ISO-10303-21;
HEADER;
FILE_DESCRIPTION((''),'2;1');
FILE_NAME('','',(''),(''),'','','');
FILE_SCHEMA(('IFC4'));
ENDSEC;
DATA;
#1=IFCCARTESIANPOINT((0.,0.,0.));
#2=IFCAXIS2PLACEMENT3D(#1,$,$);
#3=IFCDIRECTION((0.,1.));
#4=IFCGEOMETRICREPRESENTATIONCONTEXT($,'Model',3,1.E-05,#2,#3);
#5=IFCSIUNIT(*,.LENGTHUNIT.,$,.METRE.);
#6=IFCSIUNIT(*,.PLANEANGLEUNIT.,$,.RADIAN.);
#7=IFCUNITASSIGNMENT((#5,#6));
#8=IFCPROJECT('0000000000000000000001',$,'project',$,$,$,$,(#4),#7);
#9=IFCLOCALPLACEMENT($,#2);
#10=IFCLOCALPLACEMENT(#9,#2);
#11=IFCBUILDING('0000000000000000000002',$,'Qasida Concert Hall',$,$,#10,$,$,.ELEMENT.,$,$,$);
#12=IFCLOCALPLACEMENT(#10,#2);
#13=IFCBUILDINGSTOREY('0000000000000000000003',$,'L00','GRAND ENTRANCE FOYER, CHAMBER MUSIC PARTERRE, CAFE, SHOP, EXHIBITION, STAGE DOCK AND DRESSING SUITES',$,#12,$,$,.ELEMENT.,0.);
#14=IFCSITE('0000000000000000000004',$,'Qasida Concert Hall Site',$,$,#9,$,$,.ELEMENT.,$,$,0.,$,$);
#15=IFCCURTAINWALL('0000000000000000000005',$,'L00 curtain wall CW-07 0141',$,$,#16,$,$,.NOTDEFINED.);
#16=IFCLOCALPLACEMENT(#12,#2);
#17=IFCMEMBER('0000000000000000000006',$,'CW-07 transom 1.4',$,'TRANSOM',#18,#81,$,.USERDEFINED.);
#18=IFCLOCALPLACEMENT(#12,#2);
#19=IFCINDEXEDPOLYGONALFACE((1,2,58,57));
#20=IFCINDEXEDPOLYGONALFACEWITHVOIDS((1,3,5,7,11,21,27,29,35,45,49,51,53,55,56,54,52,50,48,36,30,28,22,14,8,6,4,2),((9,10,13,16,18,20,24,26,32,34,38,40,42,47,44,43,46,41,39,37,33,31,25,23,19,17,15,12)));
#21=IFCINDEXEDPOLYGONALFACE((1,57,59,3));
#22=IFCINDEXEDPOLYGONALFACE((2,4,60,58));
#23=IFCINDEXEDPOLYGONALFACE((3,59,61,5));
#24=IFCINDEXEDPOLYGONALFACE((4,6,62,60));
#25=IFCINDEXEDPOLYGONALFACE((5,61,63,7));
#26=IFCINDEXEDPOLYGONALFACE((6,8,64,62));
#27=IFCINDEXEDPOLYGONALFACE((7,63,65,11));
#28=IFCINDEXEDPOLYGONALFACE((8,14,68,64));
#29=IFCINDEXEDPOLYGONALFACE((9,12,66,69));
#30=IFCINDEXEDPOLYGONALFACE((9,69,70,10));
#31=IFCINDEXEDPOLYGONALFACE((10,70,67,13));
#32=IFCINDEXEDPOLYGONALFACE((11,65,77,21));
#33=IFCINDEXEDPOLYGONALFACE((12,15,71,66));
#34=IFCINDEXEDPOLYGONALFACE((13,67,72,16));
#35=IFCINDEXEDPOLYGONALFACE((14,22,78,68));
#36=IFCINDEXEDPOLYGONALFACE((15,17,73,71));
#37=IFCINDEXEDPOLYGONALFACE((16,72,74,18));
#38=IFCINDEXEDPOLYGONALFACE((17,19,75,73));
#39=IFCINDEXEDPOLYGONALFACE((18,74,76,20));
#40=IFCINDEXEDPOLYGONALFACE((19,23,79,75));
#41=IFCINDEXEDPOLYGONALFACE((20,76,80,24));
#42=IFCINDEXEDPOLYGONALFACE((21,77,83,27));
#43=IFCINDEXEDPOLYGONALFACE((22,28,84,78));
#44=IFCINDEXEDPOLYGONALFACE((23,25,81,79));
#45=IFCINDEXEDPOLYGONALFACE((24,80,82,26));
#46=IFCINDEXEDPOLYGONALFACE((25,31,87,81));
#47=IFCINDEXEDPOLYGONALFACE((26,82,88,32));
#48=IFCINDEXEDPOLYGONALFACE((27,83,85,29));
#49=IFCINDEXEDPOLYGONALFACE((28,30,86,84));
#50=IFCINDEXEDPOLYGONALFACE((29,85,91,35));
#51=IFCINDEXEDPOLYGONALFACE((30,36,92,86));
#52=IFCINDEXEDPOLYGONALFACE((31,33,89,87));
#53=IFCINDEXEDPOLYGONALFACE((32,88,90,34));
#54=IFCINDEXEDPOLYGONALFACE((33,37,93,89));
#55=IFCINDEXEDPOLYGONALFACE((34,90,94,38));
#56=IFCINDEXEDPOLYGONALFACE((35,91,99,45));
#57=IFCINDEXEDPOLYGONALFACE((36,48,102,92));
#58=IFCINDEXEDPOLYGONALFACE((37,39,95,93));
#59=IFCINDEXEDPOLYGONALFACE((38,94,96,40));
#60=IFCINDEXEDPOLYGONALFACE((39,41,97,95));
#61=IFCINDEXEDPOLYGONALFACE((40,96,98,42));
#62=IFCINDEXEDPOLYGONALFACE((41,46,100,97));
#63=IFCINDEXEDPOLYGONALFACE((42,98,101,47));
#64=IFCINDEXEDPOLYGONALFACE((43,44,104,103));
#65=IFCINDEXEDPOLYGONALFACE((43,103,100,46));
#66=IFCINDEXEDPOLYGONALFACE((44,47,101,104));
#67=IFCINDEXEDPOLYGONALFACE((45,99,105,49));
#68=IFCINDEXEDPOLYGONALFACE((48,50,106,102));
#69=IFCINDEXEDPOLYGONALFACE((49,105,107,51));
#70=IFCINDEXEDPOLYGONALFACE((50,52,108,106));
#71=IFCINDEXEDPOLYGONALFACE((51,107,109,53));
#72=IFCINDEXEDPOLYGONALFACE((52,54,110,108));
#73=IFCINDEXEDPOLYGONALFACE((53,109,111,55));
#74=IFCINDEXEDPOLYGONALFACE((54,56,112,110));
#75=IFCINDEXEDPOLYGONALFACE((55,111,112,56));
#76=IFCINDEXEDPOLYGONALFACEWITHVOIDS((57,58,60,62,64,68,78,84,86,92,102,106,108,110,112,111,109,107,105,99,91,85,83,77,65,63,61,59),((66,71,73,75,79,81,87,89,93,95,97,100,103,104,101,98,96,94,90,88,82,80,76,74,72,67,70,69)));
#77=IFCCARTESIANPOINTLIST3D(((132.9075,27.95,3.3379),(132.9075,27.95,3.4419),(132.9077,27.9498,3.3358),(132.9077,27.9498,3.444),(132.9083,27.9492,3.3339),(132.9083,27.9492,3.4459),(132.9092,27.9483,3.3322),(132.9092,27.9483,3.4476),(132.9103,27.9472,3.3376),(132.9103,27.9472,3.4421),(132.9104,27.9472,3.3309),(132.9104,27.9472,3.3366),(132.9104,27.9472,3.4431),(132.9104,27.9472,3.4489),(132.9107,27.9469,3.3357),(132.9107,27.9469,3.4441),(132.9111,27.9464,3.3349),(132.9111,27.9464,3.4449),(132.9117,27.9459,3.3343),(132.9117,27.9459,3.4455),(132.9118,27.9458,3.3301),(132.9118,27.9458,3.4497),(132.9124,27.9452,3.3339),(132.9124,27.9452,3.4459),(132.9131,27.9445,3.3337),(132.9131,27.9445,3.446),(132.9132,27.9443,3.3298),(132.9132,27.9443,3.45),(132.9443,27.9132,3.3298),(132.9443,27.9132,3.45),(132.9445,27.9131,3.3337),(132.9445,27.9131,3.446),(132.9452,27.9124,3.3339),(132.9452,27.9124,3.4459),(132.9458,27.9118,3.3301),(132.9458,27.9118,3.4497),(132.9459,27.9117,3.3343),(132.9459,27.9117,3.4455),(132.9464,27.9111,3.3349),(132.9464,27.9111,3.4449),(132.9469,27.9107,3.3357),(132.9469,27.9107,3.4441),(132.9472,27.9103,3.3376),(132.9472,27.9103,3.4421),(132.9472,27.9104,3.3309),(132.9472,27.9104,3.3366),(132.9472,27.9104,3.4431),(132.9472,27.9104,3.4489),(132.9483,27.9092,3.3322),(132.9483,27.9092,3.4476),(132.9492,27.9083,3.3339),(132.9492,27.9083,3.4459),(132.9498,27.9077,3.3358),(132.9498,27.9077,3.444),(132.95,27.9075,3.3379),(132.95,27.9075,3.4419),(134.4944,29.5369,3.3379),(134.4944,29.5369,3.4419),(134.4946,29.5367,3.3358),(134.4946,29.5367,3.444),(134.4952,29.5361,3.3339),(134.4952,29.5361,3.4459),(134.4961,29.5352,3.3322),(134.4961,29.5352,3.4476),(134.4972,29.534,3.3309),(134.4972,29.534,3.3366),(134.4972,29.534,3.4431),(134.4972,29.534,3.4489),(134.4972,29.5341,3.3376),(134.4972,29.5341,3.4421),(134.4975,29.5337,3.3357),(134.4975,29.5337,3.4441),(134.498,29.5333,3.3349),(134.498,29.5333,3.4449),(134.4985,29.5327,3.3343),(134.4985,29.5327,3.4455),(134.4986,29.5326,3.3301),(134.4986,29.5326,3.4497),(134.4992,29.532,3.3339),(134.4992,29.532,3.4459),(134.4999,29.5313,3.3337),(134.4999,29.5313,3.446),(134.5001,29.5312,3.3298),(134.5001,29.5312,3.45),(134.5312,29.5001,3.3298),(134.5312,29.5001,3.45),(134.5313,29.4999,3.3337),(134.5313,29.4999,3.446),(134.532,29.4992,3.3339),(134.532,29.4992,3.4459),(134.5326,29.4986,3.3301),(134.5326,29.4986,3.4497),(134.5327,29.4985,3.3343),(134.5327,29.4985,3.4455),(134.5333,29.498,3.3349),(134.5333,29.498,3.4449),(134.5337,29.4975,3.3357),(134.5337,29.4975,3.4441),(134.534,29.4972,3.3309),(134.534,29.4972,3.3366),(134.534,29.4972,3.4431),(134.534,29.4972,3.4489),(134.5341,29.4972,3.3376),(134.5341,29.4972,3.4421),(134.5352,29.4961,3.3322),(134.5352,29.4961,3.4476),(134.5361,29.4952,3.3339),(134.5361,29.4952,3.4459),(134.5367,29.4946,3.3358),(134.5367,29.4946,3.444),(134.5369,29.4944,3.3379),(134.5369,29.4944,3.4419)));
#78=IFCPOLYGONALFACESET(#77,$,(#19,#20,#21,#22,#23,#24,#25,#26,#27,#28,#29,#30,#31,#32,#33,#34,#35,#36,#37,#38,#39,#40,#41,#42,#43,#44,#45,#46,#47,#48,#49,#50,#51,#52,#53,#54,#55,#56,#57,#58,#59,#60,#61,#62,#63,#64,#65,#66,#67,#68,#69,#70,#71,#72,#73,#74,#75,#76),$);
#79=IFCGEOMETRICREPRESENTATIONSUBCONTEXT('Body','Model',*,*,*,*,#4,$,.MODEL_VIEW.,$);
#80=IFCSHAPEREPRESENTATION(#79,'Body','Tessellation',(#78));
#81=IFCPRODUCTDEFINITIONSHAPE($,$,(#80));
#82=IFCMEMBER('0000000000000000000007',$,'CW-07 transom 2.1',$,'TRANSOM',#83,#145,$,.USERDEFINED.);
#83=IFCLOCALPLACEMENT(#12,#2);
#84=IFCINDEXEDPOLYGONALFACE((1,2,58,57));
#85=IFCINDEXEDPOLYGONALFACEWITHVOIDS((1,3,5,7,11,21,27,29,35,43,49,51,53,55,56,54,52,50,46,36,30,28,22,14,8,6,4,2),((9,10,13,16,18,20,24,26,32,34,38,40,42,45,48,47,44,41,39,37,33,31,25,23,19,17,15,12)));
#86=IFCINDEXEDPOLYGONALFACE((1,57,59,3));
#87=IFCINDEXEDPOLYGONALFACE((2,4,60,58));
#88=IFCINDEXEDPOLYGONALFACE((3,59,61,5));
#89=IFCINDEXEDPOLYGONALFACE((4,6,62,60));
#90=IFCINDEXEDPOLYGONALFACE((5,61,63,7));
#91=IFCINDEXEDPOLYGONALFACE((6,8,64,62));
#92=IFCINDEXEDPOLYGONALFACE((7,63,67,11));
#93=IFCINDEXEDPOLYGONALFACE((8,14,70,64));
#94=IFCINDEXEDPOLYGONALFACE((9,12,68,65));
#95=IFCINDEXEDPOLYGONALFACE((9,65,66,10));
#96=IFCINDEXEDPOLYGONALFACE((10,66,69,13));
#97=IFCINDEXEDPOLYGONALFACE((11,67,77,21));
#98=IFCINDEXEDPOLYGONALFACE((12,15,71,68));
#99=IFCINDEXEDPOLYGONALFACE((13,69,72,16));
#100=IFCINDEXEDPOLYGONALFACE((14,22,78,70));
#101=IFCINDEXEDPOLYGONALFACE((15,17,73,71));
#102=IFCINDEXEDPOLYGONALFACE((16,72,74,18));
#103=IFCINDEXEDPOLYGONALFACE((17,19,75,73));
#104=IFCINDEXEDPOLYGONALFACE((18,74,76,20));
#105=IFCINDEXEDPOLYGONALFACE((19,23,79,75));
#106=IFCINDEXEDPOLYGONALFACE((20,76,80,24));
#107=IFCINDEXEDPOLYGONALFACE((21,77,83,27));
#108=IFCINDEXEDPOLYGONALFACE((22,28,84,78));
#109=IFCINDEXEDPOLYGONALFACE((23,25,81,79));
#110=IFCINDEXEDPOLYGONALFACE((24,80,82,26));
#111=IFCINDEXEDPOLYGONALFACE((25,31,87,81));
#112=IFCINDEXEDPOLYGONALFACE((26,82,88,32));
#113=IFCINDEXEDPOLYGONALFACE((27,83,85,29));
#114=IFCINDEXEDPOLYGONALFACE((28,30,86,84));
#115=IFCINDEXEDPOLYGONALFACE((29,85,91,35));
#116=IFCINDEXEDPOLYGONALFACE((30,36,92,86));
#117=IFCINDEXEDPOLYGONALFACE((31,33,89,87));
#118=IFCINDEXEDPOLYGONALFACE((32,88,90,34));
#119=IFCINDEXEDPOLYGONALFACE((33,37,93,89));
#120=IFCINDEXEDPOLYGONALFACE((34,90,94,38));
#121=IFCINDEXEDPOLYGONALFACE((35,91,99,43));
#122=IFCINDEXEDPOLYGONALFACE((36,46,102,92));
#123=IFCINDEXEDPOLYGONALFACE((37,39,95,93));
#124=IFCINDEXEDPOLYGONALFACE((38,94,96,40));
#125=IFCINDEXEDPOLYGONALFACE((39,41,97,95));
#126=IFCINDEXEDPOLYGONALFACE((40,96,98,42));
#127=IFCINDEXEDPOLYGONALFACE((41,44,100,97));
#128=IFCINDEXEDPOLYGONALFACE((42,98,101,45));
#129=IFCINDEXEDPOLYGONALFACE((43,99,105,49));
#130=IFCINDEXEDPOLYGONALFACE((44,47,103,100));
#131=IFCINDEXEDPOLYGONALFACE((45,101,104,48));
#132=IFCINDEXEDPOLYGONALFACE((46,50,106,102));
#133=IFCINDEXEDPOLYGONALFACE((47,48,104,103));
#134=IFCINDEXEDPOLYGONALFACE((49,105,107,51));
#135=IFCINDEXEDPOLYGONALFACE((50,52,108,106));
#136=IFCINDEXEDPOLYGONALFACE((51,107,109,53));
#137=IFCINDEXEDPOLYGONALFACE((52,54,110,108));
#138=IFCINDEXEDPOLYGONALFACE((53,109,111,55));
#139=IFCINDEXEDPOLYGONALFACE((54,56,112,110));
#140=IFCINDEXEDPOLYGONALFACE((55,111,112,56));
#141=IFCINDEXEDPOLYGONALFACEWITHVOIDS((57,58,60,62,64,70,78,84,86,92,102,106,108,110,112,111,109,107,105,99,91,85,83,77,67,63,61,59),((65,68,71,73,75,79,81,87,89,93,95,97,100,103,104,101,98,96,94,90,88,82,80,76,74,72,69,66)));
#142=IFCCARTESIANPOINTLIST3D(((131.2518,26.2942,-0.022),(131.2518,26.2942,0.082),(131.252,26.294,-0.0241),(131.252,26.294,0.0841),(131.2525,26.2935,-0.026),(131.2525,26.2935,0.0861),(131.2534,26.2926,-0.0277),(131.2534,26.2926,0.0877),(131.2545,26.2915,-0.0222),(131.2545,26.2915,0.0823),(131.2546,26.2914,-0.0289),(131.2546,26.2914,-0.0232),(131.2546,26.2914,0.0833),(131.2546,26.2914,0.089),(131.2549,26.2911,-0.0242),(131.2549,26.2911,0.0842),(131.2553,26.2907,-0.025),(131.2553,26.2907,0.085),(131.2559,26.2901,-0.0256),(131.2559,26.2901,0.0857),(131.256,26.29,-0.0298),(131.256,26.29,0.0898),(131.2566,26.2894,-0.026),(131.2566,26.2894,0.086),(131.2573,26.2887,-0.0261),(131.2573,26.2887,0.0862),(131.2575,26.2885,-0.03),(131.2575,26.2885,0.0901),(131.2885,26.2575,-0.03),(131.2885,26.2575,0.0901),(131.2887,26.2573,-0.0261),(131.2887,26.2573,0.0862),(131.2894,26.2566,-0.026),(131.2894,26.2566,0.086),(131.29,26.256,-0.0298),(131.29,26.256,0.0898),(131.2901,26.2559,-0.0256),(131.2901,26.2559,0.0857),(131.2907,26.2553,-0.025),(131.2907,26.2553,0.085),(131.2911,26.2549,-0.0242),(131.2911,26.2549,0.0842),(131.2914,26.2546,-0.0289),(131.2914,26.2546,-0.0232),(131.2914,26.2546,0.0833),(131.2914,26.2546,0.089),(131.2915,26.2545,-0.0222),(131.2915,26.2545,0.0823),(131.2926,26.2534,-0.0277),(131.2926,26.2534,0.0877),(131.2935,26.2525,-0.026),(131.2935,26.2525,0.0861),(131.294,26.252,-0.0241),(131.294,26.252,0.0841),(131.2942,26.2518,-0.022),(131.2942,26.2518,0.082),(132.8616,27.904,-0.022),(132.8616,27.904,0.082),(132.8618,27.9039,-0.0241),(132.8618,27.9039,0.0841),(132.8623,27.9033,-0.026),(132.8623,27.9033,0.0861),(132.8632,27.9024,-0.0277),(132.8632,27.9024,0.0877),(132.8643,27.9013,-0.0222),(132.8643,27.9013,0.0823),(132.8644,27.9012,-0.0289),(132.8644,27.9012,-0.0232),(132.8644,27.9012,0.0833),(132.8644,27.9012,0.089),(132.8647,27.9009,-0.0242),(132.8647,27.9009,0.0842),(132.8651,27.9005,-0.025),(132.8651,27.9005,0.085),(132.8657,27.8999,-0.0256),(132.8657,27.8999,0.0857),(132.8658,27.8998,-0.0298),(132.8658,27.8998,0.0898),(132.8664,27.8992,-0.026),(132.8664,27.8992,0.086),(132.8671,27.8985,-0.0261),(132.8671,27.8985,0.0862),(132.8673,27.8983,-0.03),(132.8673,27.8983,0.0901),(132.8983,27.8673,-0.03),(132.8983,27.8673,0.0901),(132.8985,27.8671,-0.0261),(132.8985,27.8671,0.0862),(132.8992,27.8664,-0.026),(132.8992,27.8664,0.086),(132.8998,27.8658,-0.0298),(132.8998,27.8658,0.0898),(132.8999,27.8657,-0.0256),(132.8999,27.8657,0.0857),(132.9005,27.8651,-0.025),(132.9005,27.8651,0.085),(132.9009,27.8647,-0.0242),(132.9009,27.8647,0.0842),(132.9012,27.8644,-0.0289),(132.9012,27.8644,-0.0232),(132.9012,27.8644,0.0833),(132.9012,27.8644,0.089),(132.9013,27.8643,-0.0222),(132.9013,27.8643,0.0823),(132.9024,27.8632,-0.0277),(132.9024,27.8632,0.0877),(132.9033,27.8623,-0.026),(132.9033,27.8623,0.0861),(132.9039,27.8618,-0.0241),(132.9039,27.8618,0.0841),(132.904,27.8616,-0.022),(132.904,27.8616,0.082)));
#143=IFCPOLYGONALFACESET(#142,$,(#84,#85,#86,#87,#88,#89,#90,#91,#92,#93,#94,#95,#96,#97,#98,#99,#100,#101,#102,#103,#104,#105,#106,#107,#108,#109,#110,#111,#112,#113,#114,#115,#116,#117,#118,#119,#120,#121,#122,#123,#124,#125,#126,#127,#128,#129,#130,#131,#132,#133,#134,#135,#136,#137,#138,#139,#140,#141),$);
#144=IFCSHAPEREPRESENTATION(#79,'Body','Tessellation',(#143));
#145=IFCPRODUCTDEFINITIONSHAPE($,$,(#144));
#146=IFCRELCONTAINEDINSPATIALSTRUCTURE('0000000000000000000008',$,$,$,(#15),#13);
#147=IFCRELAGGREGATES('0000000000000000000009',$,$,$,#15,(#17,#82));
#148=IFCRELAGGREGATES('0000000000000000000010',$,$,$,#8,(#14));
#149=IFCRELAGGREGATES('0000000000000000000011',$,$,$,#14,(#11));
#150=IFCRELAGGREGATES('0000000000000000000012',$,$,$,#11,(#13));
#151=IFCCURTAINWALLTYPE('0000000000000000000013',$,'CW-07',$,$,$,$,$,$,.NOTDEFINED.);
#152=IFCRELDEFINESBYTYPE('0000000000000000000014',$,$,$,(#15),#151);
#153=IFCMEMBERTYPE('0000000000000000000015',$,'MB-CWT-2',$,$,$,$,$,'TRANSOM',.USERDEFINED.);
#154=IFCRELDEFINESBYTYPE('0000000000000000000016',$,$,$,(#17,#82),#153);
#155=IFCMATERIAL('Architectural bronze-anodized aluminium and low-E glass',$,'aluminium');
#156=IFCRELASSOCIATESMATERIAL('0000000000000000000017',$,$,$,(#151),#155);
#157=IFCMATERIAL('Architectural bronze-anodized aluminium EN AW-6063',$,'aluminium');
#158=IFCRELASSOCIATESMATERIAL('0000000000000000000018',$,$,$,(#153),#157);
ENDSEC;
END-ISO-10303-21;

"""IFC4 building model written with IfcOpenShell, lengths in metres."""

from ifc_helpers import new_model, si_unit, direction, frame, origin, origin_2d, place, context, subcontext, project, spatial, hollow_rectangle, extrude, material, material_profile, profile_set, type_object, element, aggregate, save


model = new_model("IFC4")

# Units and contexts
model_context = context("Model", 3, precision=1e-05, world=origin(), true_north=direction((0.0, 1.0)))
body_context = subcontext(model_context, "Body", "Model", "MODEL_VIEW")
ifc_project = project(units=[si_unit("LENGTHUNIT", "METRE"), si_unit("PLANEANGLEUNIT", "RADIAN")], contexts=[model_context])

# Site, building, storey
site_placement = place(None, origin())
site = spatial("IfcSite", under=ifc_project, at=site_placement, Name="Qasida Concert Hall Site", CompositionType="ELEMENT", RefElevation=0.0)
building_placement = place(site_placement, origin())
building = spatial("IfcBuilding", under=site, at=building_placement, Name="Qasida Concert Hall", CompositionType="ELEMENT")
storey_placement = place(building_placement, origin())
storey = spatial("IfcBuildingStorey", under=building, at=storey_placement, Name="L00", Description="GRAND ENTRANCE FOYER, CHAMBER MUSIC PARTERRE, CAFE, SHOP, EXHIBITION, STAGE DOCK AND DRESSING SUITES", CompositionType="ELEMENT", Elevation=0.0)

# Curtain wall, members
ifc_material_1 = material(Name="Architectural bronze-anodized aluminium and low-E glass", Category="aluminium")
curtain_wall_type = type_object("IfcCurtainWallType", Name="CW-07", PredefinedType="NOTDEFINED", material=ifc_material_1)
curtain_wall_placement = place(storey_placement, origin())
curtain_wall = element("IfcCurtainWall", 1, at=curtain_wall_placement, inside=storey, type_object=curtain_wall_type, Name="L00 curtain wall CW-07 0141", PredefinedType="NOTDEFINED")
ifc_material_2 = material(Name="Architectural bronze-anodized aluminium EN AW-6063", Category="aluminium")
ifc_material_profile_1 = material_profile(ifc_material_2, hollow_rectangle(XDim=0.0601, YDim=0.1201, WallThickness=0.0039, InnerFilletRadius=0.0039, OuterFilletRadius=0.0081, at=origin_2d()), Name="CWT 120x60x4")
ifc_profile_set_1 = profile_set([ifc_material_profile_1], Name="Architectural bronze-anodized aluminium EN AW-6063")
member_type_1 = type_object("IfcMemberType", Name="MB-CWT-2", ElementType="TRANSOM", PredefinedType="USERDEFINED", material=ifc_profile_set_1)
member_1_placement = place(storey_placement, frame((134.5156, 29.5156, 3.3899), z_axis=(-0.707107, -0.707107, 0.0), x_axis=(0.707107, -0.707107, 0.0)))
member_1 = element("IfcMember", 2, at=member_1_placement, type_object=member_type_1, Name="CW-07 transom 1.4", ObjectType="TRANSOM", PredefinedType="USERDEFINED", context=body_context, shape_type="SweptSolid", body=[
    extrude(hollow_rectangle(XDim=0.0601, YDim=0.1201, WallThickness=0.0039, InnerFilletRadius=0.0039, OuterFilletRadius=0.0081, at=origin_2d()), origin(), (0.0, 0.0, 1.0), 2.2441),
])
member_2_placement = place(storey_placement, frame((132.8828, 27.8828, 0.03), z_axis=(-0.707107, -0.707107, 0.0), x_axis=(0.707107, -0.707107, 0.0)))
member_2 = element("IfcMember", 3, at=member_2_placement, type_object=member_type_1, Name="CW-07 transom 2.1", ObjectType="TRANSOM", PredefinedType="USERDEFINED", context=body_context, shape_type="SweptSolid", body=[
    extrude(hollow_rectangle(XDim=0.0601, YDim=0.1201, WallThickness=0.0039, InnerFilletRadius=0.0039, OuterFilletRadius=0.0081, at=origin_2d()), origin(), (0.0, 0.0, 1.0), 2.2766),
])
aggregate(curtain_wall, [member_1, member_2])

save(model, "model.ifc")
